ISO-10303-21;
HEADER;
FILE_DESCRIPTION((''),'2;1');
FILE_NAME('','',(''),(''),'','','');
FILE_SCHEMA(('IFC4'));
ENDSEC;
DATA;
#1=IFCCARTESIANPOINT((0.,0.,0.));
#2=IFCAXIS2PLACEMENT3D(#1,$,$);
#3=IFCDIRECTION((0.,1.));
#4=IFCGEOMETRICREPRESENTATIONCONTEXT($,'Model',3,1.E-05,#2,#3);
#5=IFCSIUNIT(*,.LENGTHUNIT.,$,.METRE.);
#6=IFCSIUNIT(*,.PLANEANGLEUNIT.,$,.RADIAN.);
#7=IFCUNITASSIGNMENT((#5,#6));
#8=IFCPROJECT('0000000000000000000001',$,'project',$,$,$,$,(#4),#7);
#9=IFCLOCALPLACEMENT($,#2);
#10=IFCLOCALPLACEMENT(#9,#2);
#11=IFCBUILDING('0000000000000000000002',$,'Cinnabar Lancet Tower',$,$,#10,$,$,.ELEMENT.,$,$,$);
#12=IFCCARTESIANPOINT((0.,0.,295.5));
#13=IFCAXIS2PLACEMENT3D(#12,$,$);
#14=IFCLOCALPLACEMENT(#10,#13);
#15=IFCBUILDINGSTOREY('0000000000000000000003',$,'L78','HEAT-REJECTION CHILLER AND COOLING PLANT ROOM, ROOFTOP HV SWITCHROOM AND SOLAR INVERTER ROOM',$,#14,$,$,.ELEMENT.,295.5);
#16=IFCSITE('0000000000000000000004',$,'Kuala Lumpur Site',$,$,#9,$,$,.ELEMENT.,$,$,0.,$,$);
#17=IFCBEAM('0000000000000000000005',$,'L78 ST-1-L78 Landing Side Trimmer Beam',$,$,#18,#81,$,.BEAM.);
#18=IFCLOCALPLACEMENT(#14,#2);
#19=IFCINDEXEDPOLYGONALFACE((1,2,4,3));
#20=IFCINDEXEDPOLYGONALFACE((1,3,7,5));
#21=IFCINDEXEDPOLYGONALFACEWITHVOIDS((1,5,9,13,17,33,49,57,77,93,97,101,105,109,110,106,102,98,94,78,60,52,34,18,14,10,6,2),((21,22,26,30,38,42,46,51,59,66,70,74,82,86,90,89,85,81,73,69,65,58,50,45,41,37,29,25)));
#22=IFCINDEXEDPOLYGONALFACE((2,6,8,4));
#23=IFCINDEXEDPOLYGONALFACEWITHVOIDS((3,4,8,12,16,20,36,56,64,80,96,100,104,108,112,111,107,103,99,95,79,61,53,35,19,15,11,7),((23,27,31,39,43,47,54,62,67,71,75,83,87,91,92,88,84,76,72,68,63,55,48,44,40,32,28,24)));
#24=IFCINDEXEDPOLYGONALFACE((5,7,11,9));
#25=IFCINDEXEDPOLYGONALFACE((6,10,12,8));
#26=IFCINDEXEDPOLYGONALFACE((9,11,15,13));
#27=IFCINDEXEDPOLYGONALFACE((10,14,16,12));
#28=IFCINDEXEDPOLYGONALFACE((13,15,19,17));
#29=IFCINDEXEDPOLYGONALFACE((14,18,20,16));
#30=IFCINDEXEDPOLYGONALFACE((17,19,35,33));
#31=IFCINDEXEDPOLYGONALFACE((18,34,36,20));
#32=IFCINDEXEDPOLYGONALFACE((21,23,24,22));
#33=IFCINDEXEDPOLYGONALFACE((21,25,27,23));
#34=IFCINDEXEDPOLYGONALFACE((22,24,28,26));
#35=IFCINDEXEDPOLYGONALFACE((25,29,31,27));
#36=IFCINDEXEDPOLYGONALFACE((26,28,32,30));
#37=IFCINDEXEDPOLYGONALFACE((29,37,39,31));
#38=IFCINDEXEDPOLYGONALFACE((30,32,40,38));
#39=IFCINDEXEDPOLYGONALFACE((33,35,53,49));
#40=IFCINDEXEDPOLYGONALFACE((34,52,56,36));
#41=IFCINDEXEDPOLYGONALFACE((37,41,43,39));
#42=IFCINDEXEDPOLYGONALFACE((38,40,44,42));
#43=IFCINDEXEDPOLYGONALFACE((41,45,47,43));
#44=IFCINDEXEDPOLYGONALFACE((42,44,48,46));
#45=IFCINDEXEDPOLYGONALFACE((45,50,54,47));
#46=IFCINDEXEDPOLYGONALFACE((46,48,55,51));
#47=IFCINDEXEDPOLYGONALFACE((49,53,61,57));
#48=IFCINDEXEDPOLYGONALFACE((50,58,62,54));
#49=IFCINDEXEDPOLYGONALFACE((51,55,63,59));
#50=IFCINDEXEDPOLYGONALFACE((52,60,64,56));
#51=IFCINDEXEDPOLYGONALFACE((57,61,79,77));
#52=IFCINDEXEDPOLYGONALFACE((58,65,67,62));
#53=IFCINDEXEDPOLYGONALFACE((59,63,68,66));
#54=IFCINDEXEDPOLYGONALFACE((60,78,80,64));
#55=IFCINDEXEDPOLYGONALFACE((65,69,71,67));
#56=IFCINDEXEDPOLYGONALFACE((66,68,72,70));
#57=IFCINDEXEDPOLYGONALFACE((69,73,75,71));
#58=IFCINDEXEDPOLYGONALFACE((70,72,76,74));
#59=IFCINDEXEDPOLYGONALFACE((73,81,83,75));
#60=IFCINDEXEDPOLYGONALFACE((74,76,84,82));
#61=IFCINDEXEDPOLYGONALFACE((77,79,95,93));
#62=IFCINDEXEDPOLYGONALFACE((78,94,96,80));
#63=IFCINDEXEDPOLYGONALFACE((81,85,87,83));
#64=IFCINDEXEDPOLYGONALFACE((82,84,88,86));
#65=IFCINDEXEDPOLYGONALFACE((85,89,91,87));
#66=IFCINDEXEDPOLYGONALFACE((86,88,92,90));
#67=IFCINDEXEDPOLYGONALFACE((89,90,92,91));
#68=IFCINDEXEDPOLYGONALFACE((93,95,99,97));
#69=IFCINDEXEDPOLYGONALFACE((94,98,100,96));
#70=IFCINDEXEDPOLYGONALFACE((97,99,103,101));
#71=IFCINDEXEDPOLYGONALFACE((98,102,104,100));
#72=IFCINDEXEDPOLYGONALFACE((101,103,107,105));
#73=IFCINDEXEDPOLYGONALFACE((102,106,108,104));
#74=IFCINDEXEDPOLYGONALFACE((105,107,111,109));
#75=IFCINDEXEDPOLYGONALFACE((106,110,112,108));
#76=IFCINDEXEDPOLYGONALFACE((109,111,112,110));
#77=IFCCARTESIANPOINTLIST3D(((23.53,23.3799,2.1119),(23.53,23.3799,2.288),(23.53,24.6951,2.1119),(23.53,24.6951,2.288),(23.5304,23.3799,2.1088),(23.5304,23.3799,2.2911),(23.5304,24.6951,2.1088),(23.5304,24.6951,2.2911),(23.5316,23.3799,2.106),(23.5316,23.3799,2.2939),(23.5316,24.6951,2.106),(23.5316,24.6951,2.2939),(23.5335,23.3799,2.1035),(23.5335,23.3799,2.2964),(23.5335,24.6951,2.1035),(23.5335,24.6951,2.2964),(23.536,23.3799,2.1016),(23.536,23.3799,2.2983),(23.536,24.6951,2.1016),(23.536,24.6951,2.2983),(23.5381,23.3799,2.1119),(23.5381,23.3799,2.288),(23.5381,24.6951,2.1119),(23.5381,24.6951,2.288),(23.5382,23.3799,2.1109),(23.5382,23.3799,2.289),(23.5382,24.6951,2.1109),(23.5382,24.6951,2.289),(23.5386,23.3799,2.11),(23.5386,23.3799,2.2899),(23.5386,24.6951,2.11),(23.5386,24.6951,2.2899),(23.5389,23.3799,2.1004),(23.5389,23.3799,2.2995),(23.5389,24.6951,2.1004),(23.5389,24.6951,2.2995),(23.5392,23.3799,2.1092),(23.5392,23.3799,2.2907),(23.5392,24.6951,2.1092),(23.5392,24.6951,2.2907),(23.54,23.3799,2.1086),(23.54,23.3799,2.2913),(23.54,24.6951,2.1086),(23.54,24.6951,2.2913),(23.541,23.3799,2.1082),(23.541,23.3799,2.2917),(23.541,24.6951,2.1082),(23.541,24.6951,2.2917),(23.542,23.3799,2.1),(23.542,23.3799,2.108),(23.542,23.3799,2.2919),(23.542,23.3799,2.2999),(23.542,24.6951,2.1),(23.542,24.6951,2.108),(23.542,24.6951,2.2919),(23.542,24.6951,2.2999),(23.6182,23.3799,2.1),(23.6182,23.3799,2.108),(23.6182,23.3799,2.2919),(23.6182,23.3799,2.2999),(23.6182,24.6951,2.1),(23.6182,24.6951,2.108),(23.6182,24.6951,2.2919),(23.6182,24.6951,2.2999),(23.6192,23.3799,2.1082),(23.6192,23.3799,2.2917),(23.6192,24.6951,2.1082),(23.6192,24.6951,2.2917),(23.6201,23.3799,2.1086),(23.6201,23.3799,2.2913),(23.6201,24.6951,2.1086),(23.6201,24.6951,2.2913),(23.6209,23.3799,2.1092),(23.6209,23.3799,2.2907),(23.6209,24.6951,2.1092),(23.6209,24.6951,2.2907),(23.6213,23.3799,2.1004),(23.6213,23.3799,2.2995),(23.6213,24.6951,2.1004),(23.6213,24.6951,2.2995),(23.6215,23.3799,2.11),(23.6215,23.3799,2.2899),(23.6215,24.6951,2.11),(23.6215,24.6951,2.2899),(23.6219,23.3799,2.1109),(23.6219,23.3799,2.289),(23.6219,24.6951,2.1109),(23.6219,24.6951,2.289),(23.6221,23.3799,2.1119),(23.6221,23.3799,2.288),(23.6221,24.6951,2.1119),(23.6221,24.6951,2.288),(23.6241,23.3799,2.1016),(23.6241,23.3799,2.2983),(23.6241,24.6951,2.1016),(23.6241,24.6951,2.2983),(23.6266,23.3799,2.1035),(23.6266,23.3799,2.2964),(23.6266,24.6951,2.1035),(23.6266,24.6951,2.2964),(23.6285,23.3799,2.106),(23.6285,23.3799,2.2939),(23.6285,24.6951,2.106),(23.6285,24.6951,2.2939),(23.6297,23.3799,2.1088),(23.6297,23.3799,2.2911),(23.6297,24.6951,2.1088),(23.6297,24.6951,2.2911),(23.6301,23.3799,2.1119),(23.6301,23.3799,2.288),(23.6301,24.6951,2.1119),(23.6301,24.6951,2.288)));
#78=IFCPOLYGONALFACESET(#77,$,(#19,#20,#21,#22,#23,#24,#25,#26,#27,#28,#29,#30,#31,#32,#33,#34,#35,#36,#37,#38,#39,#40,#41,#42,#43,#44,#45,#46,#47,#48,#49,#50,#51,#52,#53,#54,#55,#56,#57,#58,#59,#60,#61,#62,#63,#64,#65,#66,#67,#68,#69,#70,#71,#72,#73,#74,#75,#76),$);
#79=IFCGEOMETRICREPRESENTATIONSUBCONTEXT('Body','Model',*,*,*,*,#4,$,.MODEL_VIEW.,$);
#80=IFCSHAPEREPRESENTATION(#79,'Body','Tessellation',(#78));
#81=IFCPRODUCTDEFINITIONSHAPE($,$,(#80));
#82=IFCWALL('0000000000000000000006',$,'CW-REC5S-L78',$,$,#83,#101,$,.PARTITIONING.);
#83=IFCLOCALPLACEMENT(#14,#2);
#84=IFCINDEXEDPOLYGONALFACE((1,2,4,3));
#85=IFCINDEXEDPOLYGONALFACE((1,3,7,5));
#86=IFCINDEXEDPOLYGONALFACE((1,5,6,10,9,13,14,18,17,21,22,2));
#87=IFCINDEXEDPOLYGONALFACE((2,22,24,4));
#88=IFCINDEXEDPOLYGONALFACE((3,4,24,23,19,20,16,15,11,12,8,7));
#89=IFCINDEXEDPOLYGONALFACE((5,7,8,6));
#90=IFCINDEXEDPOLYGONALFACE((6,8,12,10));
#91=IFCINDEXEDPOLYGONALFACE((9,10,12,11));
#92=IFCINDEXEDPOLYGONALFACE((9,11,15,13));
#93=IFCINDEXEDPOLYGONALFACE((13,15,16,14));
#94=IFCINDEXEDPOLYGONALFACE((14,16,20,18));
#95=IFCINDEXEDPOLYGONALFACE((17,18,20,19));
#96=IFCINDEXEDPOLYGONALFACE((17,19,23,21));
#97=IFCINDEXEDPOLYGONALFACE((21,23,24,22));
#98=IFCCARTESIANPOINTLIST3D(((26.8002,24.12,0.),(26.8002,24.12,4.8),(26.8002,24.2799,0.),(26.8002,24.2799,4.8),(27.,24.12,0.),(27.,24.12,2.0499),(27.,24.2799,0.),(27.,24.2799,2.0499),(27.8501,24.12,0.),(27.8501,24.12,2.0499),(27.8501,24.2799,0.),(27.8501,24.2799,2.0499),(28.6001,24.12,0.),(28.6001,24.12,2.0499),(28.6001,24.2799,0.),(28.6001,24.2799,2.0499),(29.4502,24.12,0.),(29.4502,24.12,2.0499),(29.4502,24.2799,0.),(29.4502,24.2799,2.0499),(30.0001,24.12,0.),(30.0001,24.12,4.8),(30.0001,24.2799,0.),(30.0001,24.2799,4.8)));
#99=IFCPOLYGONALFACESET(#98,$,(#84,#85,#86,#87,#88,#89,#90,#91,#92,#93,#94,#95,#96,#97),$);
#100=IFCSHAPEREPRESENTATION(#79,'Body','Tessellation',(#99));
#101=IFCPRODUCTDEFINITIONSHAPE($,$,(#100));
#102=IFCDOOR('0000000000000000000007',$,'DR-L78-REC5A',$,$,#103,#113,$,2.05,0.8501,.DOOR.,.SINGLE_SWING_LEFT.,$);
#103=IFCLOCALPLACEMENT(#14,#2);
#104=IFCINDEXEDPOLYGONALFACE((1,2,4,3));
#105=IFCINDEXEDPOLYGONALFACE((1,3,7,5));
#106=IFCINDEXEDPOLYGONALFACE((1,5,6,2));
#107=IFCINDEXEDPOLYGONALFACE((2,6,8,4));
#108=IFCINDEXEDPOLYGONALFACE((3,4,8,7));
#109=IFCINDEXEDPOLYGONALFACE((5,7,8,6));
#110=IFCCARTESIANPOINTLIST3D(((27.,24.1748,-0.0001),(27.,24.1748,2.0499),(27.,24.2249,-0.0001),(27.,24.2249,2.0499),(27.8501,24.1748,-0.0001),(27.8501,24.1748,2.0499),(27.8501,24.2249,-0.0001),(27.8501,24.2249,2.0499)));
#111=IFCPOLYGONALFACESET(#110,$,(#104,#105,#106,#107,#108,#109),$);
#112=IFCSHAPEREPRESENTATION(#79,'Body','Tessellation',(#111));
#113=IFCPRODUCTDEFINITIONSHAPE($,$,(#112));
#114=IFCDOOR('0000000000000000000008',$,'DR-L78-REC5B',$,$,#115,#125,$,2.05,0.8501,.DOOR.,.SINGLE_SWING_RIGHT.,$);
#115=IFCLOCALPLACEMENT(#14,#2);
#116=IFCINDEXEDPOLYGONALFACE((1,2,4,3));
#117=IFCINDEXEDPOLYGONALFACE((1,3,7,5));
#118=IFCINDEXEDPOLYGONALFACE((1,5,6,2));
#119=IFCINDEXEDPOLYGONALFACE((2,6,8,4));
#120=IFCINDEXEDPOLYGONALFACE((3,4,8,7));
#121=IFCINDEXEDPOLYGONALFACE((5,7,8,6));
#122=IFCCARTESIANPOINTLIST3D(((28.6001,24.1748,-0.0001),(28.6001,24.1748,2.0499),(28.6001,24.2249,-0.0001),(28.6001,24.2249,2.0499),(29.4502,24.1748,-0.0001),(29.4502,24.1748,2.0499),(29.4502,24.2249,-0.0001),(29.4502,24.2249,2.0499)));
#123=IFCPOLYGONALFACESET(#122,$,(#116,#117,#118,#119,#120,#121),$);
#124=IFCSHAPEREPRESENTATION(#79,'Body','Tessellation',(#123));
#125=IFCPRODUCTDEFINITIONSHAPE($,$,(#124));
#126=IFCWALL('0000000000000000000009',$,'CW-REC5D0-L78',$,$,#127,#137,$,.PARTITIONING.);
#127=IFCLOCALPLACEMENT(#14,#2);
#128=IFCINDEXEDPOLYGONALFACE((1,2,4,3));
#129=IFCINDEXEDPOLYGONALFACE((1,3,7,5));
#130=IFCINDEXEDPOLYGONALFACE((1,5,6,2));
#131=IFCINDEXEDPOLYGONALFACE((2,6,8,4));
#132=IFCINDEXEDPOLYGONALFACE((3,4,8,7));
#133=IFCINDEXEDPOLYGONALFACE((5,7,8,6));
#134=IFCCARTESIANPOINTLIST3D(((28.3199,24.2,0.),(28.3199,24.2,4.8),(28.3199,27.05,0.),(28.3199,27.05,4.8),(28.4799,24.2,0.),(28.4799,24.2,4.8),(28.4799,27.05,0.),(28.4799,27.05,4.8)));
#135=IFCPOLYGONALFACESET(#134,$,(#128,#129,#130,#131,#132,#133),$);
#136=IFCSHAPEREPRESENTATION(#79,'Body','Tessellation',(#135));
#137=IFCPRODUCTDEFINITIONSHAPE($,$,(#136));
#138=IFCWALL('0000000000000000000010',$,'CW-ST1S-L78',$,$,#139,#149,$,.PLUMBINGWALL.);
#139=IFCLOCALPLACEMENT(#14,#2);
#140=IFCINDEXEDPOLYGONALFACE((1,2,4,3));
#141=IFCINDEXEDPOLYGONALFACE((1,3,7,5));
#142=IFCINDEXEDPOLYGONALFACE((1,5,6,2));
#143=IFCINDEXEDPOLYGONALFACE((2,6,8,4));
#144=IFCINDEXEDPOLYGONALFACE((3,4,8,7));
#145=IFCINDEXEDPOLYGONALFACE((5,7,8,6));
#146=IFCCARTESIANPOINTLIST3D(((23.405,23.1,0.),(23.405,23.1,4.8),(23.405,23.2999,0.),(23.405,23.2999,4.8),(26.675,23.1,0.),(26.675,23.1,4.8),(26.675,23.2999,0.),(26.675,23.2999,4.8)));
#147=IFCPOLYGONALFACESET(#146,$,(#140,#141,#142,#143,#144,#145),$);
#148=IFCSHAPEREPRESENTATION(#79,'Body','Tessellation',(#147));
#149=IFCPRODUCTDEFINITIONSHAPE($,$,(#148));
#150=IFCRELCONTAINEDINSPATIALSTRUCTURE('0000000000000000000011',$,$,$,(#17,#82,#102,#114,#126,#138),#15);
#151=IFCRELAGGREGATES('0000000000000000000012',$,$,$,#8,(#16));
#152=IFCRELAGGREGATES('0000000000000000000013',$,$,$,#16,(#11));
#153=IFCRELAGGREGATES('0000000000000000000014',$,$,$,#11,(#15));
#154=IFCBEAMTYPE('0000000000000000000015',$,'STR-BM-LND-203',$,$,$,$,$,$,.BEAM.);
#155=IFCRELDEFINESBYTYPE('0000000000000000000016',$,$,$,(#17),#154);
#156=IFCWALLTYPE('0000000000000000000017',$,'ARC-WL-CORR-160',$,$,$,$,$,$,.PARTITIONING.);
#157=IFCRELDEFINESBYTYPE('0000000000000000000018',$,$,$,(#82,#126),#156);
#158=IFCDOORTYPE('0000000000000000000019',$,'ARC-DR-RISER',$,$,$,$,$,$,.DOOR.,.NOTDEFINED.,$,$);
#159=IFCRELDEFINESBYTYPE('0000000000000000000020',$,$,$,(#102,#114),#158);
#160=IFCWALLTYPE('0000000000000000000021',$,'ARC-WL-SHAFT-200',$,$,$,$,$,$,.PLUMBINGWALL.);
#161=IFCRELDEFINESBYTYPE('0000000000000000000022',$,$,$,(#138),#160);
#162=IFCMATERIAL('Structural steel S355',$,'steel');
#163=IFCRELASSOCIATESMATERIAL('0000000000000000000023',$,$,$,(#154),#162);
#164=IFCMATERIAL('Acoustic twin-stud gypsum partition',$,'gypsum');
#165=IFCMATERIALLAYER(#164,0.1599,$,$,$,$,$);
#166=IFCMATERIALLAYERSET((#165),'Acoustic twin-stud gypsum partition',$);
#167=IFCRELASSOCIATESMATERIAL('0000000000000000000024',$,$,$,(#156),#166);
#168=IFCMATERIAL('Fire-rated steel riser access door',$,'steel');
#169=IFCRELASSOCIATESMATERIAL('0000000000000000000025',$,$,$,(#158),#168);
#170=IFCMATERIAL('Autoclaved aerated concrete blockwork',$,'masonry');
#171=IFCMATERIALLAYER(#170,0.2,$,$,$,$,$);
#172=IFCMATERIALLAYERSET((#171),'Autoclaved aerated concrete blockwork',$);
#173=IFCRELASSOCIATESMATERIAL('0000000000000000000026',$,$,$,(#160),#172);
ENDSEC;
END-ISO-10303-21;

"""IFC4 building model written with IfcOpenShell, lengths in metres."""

from ifc_helpers import new_model, si_unit, direction, frame, frame_2d, origin, origin_2d, place, context, subcontext, project, spatial, rectangle, hollow_rectangle, extrude, material, layer, layer_set, material_profile, profile_set, type_object, element, fill, save


model = new_model("IFC4")

# Units and contexts
model_context = context("Model", 3, precision=1e-05, world=origin(), true_north=direction((0.0, 1.0)))
body_context = subcontext(model_context, "Body", "Model", "MODEL_VIEW")
ifc_project = project(units=[si_unit("LENGTHUNIT", "METRE"), si_unit("PLANEANGLEUNIT", "RADIAN")], contexts=[model_context])

# Site, building, storey
site_placement = place(None, origin())
site = spatial("IfcSite", under=ifc_project, at=site_placement, Name="Kuala Lumpur Site", CompositionType="ELEMENT", RefElevation=0.0)
building_placement = place(site_placement, origin())
building = spatial("IfcBuilding", under=site, at=building_placement, Name="Cinnabar Lancet Tower", CompositionType="ELEMENT")
storey_placement = place(building_placement, frame((0.0, 0.0, 295.5)))
storey = spatial("IfcBuildingStorey", under=building, at=storey_placement, Name="L78", Description="HEAT-REJECTION CHILLER AND COOLING PLANT ROOM, ROOFTOP HV SWITCHROOM AND SOLAR INVERTER ROOM", CompositionType="ELEMENT", Elevation=295.5)

# Beam
ifc_material_1 = material(Name="Structural steel S355", Category="steel")
ifc_material_profile_1 = material_profile(ifc_material_1, hollow_rectangle(XDim=0.1001, YDim=0.2, WallThickness=0.0081, InnerFilletRadius=0.0039, OuterFilletRadius=0.012, at=origin_2d()), Name="RHS 200x100x8")
ifc_profile_set_1 = profile_set([ifc_material_profile_1], Name="Structural steel S355")
beam_type_1 = type_object("IfcBeamType", Name="STR-BM-LND-203", PredefinedType="BEAM", material=ifc_profile_set_1)
beam_1_placement = place(storey_placement, frame((23.5801, 23.3799, 2.2), z_axis=(0.0, 1.0, 0.0), x_axis=(-1.0, 0.0, 0.0)))
element("IfcBeam", 1, at=beam_1_placement, inside=storey, type_object=beam_type_1, Name="L78 ST-1-L78 Landing Side Trimmer Beam", PredefinedType="BEAM", context=body_context, shape_type="SweptSolid", body=[
    extrude(hollow_rectangle(XDim=0.1001, YDim=0.2, WallThickness=0.0081, InnerFilletRadius=0.0039, OuterFilletRadius=0.012, at=origin_2d()), origin(), (0.0, 0.0, 1.0), 1.3152),
])

# Wall, openings, doors
ifc_material_2 = material(Name="Acoustic twin-stud gypsum partition", Category="gypsum")
ifc_layer_1 = layer(ifc_material_2, 0.1599)
ifc_layer_set_1 = layer_set([ifc_layer_1], Name="Acoustic twin-stud gypsum partition")
wall_type_1 = type_object("IfcWallType", Name="ARC-WL-CORR-160", PredefinedType="PARTITIONING", material=ifc_layer_set_1)
wall_1_placement = place(storey_placement, frame((26.8, 24.2, 0.0), z_axis=(0.0, 0.0, 1.0), x_axis=(1.0, 0.0, 0.0)))
wall_1 = element("IfcWall", 2, at=wall_1_placement, inside=storey, type_object=wall_type_1, Name="CW-REC5S-L78", PredefinedType="PARTITIONING", context=body_context, shape_type="SweptSolid", body=[
    extrude(rectangle(XDim=3.2, YDim=0.1599, at=frame_2d((1.6001, 0.0))), origin(), (0.0, 0.0, 1.0), 4.8),
])
opening_1_placement = place(wall_1_placement, frame((0.2, 0.0, 0.0)))
opening_1 = element("IfcOpeningElement", 3, at=opening_1_placement, cuts=wall_1, PredefinedType="OPENING", context=body_context, shape_type="SweptSolid", body=[
    extrude(rectangle(XDim=0.8501, YDim=2.05, at=frame_2d((0.425, 1.0249))), frame((0.0, 0.0898, 0.0), z_axis=(0.0, -1.0, 0.0), x_axis=(1.0, 0.0, 0.0)), (0.0, 0.0, 1.0), 0.1799),
])
opening_2_placement = place(wall_1_placement, frame((1.8, 0.0, 0.0)))
opening_2 = element("IfcOpeningElement", 4, at=opening_2_placement, cuts=wall_1, PredefinedType="OPENING", context=body_context, shape_type="SweptSolid", body=[
    extrude(rectangle(XDim=0.8501, YDim=2.05, at=frame_2d((0.425, 1.0249))), frame((0.0, 0.0898, 0.0), z_axis=(0.0, -1.0, 0.0), x_axis=(1.0, 0.0, 0.0)), (0.0, 0.0, 1.0), 0.1799),
])
ifc_material_3 = material(Name="Fire-rated steel riser access door", Category="steel")
door_type_1 = type_object("IfcDoorType", Name="ARC-DR-RISER", OperationType="NOTDEFINED", PredefinedType="DOOR", material=ifc_material_3)
door_1_placement = place(opening_1_placement, origin())
door_1 = element("IfcDoor", 5, at=door_1_placement, inside=storey, type_object=door_type_1, Name="DR-L78-REC5A", OperationType="SINGLE_SWING_LEFT", OverallHeight=2.05, OverallWidth=0.8501, PredefinedType="DOOR", context=body_context, shape_type="SweptSolid", body=[
    extrude(rectangle(XDim=0.8501, YDim=2.05, at=frame_2d((0.425, 1.0249))), frame((0.0, 0.0249, 0.0), z_axis=(0.0, -1.0, 0.0), x_axis=(1.0, 0.0, 0.0)), (0.0, 0.0, 1.0), 0.05),
])
fill(opening_1, door_1)
door_2_placement = place(opening_2_placement, origin())
door_2 = element("IfcDoor", 6, at=door_2_placement, inside=storey, type_object=door_type_1, Name="DR-L78-REC5B", OperationType="SINGLE_SWING_RIGHT", OverallHeight=2.05, OverallWidth=0.8501, PredefinedType="DOOR", context=body_context, shape_type="SweptSolid", body=[
    extrude(rectangle(XDim=0.8501, YDim=2.05, at=frame_2d((0.425, 1.0249))), frame((0.0, 0.0249, 0.0), z_axis=(0.0, -1.0, 0.0), x_axis=(1.0, 0.0, 0.0)), (0.0, 0.0, 1.0), 0.05),
])
fill(opening_2, door_2)

# Walls
wall_2_placement = place(storey_placement, frame((28.3999, 24.2, 0.0), z_axis=(0.0, 0.0, 1.0), x_axis=(0.0, 1.0, 0.0)))
element("IfcWall", 7, at=wall_2_placement, inside=storey, type_object=wall_type_1, Name="CW-REC5D0-L78", PredefinedType="PARTITIONING", context=body_context, shape_type="SweptSolid", body=[
    extrude(rectangle(XDim=2.8501, YDim=0.1599, at=frame_2d((1.425, 0.0))), origin(), (0.0, 0.0, 1.0), 4.8),
])
ifc_material_4 = material(Name="Autoclaved aerated concrete blockwork", Category="masonry")
ifc_layer_2 = layer(ifc_material_4, 0.2)
ifc_layer_set_2 = layer_set([ifc_layer_2], Name="Autoclaved aerated concrete blockwork")
wall_type_2 = type_object("IfcWallType", Name="ARC-WL-SHAFT-200", PredefinedType="PLUMBINGWALL", material=ifc_layer_set_2)
wall_3_placement = place(storey_placement, frame((23.405, 23.2, 0.0), z_axis=(0.0, 0.0, 1.0), x_axis=(1.0, 0.0, 0.0)))
element("IfcWall", 8, at=wall_3_placement, inside=storey, type_object=wall_type_2, Name="CW-ST1S-L78", PredefinedType="PLUMBINGWALL", context=body_context, shape_type="SweptSolid", body=[
    extrude(rectangle(XDim=3.27, YDim=0.2, at=frame_2d((1.635, 0.0))), origin(), (0.0, 0.0, 1.0), 4.8),
])

save(model, "model.ifc")
